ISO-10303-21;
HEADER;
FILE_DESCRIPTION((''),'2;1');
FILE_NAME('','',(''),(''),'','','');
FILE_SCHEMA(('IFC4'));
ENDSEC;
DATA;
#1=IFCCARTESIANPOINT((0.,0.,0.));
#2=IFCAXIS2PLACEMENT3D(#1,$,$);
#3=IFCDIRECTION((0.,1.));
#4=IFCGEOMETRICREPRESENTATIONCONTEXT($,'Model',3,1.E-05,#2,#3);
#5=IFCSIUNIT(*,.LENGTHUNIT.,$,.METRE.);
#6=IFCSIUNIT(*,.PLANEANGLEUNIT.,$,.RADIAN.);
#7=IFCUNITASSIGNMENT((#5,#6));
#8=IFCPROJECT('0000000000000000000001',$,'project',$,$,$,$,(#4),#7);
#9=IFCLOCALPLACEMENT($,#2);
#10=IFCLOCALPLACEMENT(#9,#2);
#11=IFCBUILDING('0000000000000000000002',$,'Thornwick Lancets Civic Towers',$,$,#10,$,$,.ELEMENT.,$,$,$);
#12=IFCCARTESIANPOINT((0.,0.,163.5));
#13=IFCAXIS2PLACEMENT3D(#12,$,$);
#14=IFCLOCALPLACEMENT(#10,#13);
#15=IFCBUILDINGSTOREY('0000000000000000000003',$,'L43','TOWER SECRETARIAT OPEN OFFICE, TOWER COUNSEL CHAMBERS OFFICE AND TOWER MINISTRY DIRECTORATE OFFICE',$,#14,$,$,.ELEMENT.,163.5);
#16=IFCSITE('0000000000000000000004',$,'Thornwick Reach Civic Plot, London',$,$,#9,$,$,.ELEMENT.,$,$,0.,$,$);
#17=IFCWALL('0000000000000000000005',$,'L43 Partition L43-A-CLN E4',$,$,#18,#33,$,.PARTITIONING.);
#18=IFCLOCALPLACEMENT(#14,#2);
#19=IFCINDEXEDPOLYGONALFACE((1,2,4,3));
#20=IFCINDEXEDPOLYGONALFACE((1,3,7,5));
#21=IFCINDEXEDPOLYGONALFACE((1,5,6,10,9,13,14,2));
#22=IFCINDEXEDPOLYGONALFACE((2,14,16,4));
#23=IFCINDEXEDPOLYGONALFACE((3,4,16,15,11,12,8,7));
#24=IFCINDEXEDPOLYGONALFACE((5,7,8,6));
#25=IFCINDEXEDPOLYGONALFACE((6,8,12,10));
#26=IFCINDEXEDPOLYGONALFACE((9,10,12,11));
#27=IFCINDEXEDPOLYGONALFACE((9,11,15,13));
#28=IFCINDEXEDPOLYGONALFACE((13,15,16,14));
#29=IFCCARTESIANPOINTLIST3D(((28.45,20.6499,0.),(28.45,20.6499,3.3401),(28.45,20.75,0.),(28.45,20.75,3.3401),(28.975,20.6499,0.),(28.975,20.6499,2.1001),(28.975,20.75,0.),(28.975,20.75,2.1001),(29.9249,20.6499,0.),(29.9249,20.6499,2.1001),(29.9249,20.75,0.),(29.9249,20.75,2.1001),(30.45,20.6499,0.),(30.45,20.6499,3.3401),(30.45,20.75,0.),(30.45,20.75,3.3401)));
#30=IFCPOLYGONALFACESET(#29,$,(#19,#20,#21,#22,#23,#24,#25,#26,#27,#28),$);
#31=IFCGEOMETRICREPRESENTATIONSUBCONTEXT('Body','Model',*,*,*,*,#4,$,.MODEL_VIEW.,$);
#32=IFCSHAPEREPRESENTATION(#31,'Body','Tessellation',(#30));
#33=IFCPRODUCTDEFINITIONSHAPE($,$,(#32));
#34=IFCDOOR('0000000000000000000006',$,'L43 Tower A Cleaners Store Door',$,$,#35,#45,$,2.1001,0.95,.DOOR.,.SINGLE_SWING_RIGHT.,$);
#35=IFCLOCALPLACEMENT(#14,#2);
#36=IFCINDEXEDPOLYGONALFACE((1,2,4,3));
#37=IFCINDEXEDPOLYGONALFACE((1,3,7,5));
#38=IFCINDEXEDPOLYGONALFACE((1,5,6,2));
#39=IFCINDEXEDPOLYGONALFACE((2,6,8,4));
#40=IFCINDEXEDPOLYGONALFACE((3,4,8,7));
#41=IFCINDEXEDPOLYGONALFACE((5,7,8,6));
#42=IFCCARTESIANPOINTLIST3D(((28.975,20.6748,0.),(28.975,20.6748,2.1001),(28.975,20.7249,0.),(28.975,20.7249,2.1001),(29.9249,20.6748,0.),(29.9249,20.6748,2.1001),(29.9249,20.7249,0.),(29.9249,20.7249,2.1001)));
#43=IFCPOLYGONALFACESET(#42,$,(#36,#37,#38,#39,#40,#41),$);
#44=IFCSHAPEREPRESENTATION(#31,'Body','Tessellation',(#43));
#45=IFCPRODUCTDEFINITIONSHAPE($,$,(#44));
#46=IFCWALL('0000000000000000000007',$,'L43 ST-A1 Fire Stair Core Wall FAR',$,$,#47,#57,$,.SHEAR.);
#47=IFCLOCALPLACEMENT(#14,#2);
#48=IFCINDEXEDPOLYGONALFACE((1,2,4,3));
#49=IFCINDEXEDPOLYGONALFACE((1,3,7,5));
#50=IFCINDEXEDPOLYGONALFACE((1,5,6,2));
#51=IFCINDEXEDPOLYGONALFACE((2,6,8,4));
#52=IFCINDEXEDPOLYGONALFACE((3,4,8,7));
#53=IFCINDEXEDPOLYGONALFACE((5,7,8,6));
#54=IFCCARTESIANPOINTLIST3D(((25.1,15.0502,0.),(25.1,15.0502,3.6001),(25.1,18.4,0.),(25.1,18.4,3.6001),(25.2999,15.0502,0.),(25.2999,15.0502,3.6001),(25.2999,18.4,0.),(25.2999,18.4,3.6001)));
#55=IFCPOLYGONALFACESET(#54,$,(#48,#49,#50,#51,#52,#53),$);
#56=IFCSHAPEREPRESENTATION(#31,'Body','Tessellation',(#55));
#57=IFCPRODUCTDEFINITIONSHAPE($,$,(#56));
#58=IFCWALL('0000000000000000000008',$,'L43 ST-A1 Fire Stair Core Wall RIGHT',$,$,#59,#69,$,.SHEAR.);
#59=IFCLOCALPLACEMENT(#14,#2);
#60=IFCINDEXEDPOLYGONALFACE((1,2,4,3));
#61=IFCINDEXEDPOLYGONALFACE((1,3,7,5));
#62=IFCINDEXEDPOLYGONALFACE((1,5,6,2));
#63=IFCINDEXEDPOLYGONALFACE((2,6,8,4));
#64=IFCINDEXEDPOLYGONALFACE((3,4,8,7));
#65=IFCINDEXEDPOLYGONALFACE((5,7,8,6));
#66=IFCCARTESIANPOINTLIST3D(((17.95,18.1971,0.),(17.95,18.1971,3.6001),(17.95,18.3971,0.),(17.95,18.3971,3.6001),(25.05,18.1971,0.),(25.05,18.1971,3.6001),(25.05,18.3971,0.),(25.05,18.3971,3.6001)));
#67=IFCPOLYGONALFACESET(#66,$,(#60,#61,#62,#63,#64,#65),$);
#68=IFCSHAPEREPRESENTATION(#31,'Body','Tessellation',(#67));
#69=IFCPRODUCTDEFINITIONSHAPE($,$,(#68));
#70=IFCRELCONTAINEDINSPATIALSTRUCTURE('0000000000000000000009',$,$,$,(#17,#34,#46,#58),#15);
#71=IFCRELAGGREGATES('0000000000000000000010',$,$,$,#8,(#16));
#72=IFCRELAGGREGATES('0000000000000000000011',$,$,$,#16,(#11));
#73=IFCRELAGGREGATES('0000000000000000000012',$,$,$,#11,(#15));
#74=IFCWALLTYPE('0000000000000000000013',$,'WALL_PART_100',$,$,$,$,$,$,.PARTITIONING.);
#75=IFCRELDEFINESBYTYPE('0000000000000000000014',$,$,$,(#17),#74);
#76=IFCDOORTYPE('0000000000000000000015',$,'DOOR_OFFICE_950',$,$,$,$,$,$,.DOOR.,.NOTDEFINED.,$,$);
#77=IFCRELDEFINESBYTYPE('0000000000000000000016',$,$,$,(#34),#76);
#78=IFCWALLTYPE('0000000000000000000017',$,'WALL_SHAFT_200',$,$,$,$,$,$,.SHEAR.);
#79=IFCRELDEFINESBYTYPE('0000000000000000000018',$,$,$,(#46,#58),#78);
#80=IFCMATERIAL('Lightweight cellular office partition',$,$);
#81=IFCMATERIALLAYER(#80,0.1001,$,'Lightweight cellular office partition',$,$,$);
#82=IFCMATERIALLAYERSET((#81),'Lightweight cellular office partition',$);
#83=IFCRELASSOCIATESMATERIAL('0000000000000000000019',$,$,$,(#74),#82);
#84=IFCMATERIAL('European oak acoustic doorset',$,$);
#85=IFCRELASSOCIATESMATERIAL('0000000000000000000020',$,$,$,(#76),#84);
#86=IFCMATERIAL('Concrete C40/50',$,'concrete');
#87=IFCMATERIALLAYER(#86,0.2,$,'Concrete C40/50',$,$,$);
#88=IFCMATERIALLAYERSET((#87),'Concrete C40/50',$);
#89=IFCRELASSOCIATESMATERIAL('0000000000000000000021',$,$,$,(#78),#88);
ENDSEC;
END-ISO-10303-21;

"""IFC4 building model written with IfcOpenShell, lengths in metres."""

from ifc_helpers import new_model, si_unit, direction, frame, frame_2d, origin, place, context, subcontext, project, spatial, rectangle, extrude, material, layer, layer_set, type_object, element, fill, save


model = new_model("IFC4")

# Units and contexts
model_context = context("Model", 3, precision=1e-05, world=origin(), true_north=direction((0.0, 1.0)))
body_context = subcontext(model_context, "Body", "Model", "MODEL_VIEW")
ifc_project = project(units=[si_unit("LENGTHUNIT", "METRE"), si_unit("PLANEANGLEUNIT", "RADIAN")], contexts=[model_context])

# Site, building, storey
site_placement = place(None, origin())
site = spatial("IfcSite", under=ifc_project, at=site_placement, Name="Thornwick Reach Civic Plot, London", CompositionType="ELEMENT", RefElevation=0.0)
building_placement = place(site_placement, origin())
building = spatial("IfcBuilding", under=site, at=building_placement, Name="Thornwick Lancets Civic Towers", CompositionType="ELEMENT")
storey_placement = place(building_placement, frame((0.0, 0.0, 163.5)))
storey = spatial("IfcBuildingStorey", under=building, at=storey_placement, Name="L43", Description="TOWER SECRETARIAT OPEN OFFICE, TOWER COUNSEL CHAMBERS OFFICE AND TOWER MINISTRY DIRECTORATE OFFICE", CompositionType="ELEMENT", Elevation=163.5)

# Wall, opening, door
ifc_material_1 = material(Name="Lightweight cellular office partition")
ifc_layer_1 = layer(ifc_material_1, 0.1001, Name="Lightweight cellular office partition")
ifc_layer_set_1 = layer_set([ifc_layer_1], Name="Lightweight cellular office partition")
wall_type_1 = type_object("IfcWallType", Name="WALL_PART_100", PredefinedType="PARTITIONING", material=ifc_layer_set_1)
wall_1_placement = place(storey_placement, frame((28.45, 20.7, 0.0), z_axis=(0.0, 0.0, 1.0), x_axis=(1.0, 0.0, 0.0)))
wall_1 = element("IfcWall", 1, at=wall_1_placement, inside=storey, type_object=wall_type_1, Name="L43 Partition L43-A-CLN E4", PredefinedType="PARTITIONING", context=body_context, shape_type="SweptSolid", body=[
    extrude(rectangle(XDim=2.0, YDim=0.1001, at=frame_2d((1.0, 0.0))), origin(), (0.0, 0.0, 1.0), 3.3401),
])
opening_1_placement = place(wall_1_placement, frame((0.5249, 0.0, 0.0)))
opening_1 = element("IfcOpeningElement", 2, at=opening_1_placement, cuts=wall_1, PredefinedType="OPENING", context=body_context, shape_type="SweptSolid", body=[
    extrude(rectangle(XDim=0.95, YDim=2.1001, at=frame_2d((0.4751, 1.05))), frame((0.0, 0.0601, 0.0), z_axis=(0.0, -1.0, 0.0), x_axis=(1.0, 0.0, 0.0)), (0.0, 0.0, 1.0), 0.1201),
])
ifc_material_2 = material(Name="European oak acoustic doorset")
door_type_1 = type_object("IfcDoorType", Name="DOOR_OFFICE_950", OperationType="NOTDEFINED", PredefinedType="DOOR", material=ifc_material_2)
door_1_placement = place(opening_1_placement, origin())
door_1 = element("IfcDoor", 3, at=door_1_placement, inside=storey, type_object=door_type_1, Name="L43 Tower A Cleaners Store Door", OperationType="SINGLE_SWING_RIGHT", OverallHeight=2.1001, OverallWidth=0.95, PredefinedType="DOOR", context=body_context, shape_type="SweptSolid", body=[
    extrude(rectangle(XDim=0.95, YDim=2.1001, at=frame_2d((0.4751, 1.05))), frame((0.0, 0.0249, 0.0), z_axis=(0.0, -1.0, 0.0), x_axis=(1.0, 0.0, 0.0)), (0.0, 0.0, 1.0), 0.05),
])
fill(opening_1, door_1)

# Walls
ifc_material_3 = material(Name="Concrete C40/50", Category="concrete")
ifc_layer_2 = layer(ifc_material_3, 0.2, Name="Concrete C40/50")
ifc_layer_set_2 = layer_set([ifc_layer_2], Name="Concrete C40/50")
wall_type_2 = type_object("IfcWallType", Name="WALL_SHAFT_200", PredefinedType="SHEAR", material=ifc_layer_set_2)
wall_2_placement = place(storey_placement, frame((25.2, 18.3999, 0.0), z_axis=(0.0, 0.0, 1.0), x_axis=(0.0, -1.0, 0.0)))
element("IfcWall", 4, at=wall_2_placement, inside=storey, type_object=wall_type_2, Name="L43 ST-A1 Fire Stair Core Wall FAR", PredefinedType="SHEAR", context=body_context, shape_type="SweptSolid", body=[
    extrude(rectangle(XDim=3.3499, YDim=0.2, at=frame_2d((1.6748, 0.0))), origin(), (0.0, 0.0, 1.0), 3.6001),
])
wall_3_placement = place(storey_placement, frame((25.05, 18.2971, 0.0), z_axis=(0.0, 0.0, 1.0), x_axis=(-1.0, 0.0, 0.0)))
element("IfcWall", 5, at=wall_3_placement, inside=storey, type_object=wall_type_2, Name="L43 ST-A1 Fire Stair Core Wall RIGHT", PredefinedType="SHEAR", context=body_context, shape_type="SweptSolid", body=[
    extrude(rectangle(XDim=7.1001, YDim=0.2, at=frame_2d((3.55, 0.0))), origin(), (0.0, 0.0, 1.0), 3.6001),
])

save(model, "model.ifc")
